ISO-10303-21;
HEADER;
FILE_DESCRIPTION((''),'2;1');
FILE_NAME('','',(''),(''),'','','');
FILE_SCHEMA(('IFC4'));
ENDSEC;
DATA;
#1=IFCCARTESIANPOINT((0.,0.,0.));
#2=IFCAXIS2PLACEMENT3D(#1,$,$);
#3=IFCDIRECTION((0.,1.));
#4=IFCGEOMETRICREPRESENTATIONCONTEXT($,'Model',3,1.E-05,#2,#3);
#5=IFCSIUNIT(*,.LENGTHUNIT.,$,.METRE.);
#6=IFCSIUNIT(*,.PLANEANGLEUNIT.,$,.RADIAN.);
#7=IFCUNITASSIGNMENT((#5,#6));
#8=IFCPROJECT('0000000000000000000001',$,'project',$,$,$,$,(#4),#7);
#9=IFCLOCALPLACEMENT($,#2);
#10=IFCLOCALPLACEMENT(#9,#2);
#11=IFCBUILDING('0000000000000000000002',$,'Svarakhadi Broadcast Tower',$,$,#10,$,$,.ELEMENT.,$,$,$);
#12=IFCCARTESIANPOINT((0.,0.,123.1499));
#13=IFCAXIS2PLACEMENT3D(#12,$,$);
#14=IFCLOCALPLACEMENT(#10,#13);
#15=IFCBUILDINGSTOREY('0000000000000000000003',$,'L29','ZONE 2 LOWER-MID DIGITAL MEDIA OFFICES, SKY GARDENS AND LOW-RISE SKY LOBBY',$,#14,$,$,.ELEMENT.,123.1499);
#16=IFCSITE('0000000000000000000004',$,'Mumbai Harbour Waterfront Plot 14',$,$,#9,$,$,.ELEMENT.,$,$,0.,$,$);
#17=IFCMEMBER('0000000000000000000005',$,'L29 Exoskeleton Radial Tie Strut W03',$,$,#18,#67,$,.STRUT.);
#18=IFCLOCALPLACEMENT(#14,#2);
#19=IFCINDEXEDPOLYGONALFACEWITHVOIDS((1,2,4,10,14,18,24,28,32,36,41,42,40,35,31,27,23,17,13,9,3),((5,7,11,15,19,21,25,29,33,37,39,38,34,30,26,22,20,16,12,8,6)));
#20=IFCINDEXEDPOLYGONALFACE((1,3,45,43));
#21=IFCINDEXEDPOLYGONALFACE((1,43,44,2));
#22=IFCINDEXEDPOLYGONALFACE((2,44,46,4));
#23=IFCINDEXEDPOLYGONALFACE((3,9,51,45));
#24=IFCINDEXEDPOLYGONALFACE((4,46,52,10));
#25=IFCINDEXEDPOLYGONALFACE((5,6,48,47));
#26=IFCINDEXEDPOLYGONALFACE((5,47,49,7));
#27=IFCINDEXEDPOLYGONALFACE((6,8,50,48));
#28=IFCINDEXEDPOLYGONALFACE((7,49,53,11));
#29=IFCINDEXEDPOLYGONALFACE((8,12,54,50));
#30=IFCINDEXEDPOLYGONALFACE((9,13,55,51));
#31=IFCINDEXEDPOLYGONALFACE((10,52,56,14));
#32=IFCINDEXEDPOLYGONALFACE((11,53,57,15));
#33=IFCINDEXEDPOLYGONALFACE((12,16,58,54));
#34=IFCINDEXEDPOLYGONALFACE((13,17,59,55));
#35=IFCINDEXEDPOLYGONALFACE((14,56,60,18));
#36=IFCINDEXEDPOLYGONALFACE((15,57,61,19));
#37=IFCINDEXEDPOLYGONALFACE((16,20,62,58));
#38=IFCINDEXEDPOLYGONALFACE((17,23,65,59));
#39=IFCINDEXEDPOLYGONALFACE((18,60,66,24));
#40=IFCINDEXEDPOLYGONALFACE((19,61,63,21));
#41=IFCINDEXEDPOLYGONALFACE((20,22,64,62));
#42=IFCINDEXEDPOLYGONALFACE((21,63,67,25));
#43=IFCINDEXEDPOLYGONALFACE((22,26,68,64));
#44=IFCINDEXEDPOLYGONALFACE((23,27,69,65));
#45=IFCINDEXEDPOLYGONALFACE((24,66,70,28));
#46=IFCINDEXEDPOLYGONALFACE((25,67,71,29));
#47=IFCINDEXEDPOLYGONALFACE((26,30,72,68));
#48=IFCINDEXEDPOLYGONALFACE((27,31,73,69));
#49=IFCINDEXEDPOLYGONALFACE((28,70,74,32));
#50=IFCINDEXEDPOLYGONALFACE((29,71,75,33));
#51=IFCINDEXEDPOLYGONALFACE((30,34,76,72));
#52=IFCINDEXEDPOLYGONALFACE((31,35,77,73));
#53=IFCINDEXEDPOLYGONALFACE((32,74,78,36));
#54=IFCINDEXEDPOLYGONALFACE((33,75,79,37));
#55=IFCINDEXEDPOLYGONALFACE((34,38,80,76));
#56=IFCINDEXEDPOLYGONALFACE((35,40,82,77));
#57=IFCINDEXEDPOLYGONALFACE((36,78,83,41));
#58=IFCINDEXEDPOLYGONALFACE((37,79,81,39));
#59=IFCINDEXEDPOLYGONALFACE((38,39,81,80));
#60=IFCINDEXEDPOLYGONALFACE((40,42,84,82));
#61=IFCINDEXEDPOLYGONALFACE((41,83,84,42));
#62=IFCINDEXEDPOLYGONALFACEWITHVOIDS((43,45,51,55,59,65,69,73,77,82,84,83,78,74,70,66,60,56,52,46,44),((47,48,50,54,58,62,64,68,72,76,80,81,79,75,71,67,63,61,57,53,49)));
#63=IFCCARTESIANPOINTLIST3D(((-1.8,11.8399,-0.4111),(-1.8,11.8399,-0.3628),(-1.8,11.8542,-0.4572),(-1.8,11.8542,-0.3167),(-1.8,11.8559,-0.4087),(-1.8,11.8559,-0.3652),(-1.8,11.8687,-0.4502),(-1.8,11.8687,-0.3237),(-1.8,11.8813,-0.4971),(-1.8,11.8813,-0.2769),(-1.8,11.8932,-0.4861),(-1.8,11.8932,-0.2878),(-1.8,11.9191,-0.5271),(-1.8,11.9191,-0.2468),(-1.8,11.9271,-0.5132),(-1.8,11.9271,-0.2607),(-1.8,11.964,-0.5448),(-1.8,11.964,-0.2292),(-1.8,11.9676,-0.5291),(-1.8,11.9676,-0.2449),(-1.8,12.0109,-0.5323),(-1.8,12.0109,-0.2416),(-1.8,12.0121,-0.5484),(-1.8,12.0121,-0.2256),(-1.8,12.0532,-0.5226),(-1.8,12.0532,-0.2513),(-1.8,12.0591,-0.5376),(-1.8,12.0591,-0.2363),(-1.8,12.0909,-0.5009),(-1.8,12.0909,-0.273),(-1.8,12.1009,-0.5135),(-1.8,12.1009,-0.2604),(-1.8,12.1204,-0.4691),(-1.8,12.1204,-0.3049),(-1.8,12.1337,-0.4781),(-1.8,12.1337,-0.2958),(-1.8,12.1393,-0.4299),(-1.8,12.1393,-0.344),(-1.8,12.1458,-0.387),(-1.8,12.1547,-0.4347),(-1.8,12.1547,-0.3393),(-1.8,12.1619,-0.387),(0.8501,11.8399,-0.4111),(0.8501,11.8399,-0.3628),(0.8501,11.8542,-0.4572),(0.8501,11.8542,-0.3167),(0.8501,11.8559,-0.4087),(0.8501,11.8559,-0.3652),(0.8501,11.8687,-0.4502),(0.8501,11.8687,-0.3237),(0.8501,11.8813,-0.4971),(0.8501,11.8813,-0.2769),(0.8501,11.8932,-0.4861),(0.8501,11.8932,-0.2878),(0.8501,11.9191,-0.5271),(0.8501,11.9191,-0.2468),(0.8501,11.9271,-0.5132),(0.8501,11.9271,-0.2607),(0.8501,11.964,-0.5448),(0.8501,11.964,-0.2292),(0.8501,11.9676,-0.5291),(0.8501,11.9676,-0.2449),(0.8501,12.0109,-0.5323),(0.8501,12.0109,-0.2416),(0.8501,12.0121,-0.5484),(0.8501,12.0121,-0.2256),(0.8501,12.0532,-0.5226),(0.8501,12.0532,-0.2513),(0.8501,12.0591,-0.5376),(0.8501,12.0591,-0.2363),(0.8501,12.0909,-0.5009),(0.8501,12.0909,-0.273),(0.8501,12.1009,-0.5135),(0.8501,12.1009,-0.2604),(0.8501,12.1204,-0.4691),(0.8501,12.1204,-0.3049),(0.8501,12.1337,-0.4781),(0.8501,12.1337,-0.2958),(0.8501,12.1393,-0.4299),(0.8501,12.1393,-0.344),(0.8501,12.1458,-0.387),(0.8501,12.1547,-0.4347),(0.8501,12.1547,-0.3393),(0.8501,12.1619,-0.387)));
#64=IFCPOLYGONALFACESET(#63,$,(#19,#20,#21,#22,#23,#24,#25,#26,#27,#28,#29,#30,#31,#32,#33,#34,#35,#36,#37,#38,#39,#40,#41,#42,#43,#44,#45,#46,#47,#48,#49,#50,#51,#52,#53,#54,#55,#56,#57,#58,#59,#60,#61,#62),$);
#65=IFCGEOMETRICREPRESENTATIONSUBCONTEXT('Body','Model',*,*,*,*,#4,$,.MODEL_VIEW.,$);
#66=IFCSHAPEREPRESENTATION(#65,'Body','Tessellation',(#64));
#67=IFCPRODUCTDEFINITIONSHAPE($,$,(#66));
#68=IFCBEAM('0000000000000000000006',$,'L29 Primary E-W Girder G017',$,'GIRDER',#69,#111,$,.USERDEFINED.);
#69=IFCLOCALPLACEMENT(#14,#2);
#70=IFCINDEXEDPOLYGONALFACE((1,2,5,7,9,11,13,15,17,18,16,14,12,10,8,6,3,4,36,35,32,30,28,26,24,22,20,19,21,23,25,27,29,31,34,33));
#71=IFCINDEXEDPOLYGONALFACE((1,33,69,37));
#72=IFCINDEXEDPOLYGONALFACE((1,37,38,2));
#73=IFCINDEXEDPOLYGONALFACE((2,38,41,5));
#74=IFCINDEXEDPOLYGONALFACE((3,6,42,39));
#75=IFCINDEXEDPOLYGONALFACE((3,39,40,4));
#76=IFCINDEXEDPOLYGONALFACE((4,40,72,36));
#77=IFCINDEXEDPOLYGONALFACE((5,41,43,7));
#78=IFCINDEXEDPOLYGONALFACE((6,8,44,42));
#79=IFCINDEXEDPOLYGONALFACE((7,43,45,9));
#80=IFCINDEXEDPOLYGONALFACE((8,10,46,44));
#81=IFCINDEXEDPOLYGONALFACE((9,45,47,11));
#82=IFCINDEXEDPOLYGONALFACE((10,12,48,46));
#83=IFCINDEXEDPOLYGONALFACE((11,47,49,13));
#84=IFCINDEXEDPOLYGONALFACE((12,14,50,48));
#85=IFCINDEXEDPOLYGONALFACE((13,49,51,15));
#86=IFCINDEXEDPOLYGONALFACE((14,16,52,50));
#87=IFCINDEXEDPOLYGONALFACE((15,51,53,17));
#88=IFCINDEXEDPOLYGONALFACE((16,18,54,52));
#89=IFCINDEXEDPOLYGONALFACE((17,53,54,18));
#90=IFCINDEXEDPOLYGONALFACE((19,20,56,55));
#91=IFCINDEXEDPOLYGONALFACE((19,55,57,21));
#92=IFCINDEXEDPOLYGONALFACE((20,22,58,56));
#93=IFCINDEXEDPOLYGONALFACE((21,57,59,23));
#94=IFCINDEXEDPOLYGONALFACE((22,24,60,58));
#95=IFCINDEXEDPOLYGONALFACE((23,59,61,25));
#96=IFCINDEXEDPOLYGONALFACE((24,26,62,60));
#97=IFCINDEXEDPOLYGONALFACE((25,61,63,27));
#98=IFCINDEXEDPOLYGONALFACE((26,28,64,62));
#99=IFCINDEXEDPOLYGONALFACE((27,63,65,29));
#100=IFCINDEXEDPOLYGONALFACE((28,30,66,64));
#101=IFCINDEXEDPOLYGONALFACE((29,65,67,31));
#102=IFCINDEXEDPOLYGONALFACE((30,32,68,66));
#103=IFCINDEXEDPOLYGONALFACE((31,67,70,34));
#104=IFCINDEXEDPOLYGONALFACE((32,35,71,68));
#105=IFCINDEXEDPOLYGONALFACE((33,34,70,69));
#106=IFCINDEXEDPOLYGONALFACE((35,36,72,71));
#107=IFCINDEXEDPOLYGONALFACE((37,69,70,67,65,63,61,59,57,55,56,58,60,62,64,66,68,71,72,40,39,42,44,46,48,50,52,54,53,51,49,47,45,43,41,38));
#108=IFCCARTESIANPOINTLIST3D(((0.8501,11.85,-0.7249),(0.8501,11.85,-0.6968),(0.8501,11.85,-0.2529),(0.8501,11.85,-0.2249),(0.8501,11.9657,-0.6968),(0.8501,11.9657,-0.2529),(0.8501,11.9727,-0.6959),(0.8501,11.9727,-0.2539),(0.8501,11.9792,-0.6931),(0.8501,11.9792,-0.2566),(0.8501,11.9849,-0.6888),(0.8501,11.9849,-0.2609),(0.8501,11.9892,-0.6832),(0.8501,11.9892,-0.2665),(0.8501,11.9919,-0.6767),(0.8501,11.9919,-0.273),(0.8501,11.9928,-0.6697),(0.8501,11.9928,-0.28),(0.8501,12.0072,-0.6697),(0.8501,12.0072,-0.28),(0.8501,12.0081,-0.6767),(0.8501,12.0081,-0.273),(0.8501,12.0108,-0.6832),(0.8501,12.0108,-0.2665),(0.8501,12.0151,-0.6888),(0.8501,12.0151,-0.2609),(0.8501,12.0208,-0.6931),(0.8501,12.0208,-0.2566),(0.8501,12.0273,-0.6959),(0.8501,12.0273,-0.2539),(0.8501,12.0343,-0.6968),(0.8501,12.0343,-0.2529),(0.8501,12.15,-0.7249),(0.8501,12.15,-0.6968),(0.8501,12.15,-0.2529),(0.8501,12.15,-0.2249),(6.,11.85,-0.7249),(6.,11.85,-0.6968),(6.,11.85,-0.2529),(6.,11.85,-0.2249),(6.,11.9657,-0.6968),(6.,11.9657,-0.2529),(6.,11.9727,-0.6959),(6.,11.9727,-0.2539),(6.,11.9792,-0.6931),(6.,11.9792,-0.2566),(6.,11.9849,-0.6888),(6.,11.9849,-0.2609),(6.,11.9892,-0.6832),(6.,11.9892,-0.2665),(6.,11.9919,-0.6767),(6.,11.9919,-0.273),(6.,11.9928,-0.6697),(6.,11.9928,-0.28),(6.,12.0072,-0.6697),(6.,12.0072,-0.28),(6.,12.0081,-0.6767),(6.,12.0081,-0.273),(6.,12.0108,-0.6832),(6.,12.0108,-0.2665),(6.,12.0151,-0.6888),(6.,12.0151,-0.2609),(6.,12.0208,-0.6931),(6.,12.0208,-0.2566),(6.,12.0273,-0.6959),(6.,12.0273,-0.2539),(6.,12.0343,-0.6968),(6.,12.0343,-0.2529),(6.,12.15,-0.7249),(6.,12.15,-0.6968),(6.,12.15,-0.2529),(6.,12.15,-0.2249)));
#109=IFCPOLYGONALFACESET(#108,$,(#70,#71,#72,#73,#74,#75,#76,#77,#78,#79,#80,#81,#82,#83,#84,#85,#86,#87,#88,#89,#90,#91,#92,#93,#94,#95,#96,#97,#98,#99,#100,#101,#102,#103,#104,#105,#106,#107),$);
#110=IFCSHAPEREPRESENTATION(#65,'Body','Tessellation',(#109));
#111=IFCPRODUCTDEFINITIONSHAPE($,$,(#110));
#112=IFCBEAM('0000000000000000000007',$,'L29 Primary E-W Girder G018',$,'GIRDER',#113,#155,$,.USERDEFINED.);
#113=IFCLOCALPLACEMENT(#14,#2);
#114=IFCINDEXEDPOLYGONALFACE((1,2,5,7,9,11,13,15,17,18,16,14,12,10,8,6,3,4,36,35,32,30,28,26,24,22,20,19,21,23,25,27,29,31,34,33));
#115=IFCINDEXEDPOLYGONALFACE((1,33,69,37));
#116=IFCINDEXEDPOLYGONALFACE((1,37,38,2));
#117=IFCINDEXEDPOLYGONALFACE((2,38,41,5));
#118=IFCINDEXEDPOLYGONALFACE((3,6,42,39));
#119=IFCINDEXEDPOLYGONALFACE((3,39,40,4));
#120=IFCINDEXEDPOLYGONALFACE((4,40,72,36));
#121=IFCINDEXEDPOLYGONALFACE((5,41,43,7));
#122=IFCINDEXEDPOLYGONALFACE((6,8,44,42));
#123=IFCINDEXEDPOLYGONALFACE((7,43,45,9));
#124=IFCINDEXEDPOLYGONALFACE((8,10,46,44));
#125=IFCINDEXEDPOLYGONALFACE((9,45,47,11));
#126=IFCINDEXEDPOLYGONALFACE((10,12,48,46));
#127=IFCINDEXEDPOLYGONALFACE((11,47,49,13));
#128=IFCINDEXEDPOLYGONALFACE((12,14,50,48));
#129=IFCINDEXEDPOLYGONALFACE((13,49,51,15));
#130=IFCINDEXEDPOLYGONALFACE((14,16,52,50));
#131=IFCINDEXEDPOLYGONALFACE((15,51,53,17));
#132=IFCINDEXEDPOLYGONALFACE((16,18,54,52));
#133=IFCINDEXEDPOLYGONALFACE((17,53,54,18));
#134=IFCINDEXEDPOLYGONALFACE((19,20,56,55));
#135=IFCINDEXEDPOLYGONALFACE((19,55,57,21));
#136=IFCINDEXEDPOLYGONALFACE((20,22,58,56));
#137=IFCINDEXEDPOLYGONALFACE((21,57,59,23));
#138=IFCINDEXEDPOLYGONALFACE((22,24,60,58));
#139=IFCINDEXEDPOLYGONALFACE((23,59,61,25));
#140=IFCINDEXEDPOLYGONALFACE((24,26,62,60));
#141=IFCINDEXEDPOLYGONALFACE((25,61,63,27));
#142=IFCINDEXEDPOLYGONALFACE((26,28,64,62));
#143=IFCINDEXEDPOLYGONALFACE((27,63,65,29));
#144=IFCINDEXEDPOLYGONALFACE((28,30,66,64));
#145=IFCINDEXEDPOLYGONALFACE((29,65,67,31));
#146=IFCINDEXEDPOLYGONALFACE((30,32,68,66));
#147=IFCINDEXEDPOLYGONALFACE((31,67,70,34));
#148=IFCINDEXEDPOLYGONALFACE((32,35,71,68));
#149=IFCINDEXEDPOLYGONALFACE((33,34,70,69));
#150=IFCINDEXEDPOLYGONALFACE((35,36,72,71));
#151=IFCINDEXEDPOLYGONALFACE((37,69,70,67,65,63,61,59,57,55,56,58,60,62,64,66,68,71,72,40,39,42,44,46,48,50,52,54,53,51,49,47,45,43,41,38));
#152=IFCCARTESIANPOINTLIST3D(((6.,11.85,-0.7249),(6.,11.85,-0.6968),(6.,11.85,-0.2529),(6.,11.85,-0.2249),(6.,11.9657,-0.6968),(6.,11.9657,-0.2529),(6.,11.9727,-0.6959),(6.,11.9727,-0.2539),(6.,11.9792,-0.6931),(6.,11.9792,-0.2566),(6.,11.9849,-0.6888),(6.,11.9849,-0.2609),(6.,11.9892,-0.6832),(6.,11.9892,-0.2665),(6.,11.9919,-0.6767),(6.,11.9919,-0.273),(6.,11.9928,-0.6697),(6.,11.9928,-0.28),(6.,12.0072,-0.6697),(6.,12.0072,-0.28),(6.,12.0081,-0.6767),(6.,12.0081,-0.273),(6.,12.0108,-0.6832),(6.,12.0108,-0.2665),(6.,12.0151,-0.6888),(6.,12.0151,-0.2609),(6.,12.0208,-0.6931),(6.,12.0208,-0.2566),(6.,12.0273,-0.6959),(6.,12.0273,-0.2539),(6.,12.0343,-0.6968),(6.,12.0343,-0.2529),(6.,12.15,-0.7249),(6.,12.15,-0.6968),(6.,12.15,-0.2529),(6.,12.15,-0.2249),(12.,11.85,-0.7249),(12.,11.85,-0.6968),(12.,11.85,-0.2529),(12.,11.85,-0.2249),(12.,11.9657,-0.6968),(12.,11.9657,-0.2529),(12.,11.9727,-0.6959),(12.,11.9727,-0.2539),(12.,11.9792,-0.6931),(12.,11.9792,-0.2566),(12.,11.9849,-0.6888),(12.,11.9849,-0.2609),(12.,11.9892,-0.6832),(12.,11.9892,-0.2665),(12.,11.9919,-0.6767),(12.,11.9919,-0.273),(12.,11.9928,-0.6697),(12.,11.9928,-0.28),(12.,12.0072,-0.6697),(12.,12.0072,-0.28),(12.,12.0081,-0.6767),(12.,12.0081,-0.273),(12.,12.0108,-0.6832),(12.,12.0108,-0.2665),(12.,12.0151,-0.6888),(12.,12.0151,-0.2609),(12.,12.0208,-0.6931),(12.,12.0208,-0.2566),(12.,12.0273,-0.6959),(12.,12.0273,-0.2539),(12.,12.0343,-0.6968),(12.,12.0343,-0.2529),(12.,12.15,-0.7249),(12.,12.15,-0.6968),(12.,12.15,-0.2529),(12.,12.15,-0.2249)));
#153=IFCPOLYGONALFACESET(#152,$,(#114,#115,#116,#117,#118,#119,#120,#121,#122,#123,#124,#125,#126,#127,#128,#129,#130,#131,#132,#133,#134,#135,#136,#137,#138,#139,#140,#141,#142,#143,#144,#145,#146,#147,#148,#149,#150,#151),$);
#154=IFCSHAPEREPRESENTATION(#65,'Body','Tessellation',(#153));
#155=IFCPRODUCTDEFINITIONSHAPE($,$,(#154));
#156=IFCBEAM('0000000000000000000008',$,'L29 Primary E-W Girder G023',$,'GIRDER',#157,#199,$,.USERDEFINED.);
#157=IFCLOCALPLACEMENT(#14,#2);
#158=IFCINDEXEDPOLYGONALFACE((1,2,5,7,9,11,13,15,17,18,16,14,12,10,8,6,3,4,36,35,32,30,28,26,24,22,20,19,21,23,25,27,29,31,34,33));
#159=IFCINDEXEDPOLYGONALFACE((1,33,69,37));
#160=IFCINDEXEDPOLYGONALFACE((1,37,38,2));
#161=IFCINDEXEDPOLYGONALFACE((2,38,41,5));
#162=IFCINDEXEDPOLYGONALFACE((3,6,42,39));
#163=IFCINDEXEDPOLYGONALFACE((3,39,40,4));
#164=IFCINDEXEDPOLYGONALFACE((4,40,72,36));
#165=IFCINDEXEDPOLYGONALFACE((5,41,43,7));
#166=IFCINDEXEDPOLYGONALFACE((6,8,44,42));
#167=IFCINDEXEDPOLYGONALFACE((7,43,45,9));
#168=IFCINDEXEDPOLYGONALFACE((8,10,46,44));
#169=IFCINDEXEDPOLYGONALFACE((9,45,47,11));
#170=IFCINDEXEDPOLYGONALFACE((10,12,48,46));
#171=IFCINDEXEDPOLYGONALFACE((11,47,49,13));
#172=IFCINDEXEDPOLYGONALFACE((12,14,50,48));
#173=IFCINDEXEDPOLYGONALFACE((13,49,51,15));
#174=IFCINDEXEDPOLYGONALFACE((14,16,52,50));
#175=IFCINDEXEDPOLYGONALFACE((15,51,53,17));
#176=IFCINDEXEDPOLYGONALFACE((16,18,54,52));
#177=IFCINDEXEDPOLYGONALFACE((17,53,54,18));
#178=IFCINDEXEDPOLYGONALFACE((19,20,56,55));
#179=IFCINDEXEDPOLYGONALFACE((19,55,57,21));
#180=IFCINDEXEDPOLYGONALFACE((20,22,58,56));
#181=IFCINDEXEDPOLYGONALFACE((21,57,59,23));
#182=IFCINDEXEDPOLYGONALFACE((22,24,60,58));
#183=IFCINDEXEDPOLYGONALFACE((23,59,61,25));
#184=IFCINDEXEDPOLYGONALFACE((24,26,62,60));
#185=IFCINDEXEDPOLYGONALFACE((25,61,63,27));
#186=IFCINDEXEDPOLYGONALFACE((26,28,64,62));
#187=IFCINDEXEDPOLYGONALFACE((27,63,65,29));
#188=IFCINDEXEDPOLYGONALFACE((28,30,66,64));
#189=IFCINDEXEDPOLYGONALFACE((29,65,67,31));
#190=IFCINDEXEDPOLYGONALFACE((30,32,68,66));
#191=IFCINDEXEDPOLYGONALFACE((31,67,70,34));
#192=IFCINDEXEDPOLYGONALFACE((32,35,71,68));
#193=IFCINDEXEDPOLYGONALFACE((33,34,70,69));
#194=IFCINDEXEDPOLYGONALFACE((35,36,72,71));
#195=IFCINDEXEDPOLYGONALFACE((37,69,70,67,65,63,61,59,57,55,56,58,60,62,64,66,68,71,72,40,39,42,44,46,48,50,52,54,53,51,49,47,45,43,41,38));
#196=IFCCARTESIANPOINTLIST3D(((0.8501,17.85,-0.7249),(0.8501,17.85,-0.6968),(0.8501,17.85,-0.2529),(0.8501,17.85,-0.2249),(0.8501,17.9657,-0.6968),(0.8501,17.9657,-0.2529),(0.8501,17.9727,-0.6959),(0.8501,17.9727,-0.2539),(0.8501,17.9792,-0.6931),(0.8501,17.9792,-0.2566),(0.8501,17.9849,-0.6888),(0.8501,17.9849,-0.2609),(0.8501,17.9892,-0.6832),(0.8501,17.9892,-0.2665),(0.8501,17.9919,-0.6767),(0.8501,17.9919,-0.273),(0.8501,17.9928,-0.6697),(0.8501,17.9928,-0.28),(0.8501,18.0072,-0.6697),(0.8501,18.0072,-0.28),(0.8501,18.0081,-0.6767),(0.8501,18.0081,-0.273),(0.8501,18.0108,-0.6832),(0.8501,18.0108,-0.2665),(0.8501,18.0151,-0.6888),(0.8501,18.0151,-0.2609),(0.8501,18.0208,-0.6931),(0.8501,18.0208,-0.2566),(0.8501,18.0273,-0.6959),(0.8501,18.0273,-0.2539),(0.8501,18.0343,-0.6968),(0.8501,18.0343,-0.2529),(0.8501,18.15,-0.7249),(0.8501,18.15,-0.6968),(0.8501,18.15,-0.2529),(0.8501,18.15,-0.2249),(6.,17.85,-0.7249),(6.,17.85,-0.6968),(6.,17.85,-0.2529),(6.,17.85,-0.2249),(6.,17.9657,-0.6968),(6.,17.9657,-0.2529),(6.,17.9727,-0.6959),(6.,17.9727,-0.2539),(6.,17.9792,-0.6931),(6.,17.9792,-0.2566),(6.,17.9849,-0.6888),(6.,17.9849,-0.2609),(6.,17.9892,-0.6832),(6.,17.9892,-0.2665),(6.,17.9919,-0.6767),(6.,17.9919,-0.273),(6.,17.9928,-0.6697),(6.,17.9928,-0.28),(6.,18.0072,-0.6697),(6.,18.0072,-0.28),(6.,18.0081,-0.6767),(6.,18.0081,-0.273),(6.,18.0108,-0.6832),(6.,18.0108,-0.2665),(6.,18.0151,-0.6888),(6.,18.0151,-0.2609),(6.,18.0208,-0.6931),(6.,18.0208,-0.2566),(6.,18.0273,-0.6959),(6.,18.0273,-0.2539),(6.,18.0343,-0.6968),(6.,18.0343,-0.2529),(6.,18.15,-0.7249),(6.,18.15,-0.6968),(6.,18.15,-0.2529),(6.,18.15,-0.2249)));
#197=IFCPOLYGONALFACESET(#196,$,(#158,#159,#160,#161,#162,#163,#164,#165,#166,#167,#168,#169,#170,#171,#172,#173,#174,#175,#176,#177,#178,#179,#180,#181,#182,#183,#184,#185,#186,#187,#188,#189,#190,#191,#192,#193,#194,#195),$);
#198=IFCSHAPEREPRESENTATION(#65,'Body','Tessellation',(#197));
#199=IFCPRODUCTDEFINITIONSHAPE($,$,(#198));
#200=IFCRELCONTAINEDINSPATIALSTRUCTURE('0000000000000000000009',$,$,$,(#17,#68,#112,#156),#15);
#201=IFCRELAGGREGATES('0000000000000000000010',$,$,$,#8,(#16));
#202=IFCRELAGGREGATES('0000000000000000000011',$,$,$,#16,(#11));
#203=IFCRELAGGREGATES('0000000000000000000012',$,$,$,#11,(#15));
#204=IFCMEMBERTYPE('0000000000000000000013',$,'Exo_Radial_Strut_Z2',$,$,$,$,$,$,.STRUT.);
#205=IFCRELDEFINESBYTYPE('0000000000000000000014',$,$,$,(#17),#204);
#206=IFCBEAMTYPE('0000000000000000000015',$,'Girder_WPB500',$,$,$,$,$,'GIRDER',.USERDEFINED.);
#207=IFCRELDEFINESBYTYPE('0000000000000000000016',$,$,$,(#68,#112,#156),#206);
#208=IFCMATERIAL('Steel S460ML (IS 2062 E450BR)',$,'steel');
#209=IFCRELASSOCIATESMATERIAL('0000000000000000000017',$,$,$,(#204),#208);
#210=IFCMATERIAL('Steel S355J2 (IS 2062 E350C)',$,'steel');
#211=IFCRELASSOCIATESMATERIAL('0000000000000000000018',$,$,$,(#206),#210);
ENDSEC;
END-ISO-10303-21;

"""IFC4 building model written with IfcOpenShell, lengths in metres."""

from ifc_helpers import new_model, si_unit, direction, frame, origin, origin_2d, place, context, subcontext, project, spatial, hollow_circle, i_section, extrude, material, material_profile, profile_set, type_object, element, save


model = new_model("IFC4")

# Units and contexts
model_context = context("Model", 3, precision=1e-05, world=origin(), true_north=direction((0.0, 1.0)))
body_context = subcontext(model_context, "Body", "Model", "MODEL_VIEW")
ifc_project = project(units=[si_unit("LENGTHUNIT", "METRE"), si_unit("PLANEANGLEUNIT", "RADIAN")], contexts=[model_context])

# Site, building, storey
site_placement = place(None, origin())
site = spatial("IfcSite", under=ifc_project, at=site_placement, Name="Mumbai Harbour Waterfront Plot 14", CompositionType="ELEMENT", RefElevation=0.0)
building_placement = place(site_placement, origin())
building = spatial("IfcBuilding", under=site, at=building_placement, Name="Svarakhadi Broadcast Tower", CompositionType="ELEMENT")
storey_placement = place(building_placement, frame((0.0, 0.0, 123.1499)))
storey = spatial("IfcBuildingStorey", under=building, at=storey_placement, Name="L29", Description="ZONE 2 LOWER-MID DIGITAL MEDIA OFFICES, SKY GARDENS AND LOW-RISE SKY LOBBY", CompositionType="ELEMENT", Elevation=123.1499)

# Shared definitions
ifc_material_1 = material(Name="Steel S460ML (IS 2062 E450BR)", Category="steel")

# Shared definitions
ifc_material_2 = material(Name="Steel S355J2 (IS 2062 E350C)", Category="steel")

# Member
ifc_material_profile_1 = material_profile(ifc_material_1, hollow_circle(Radius=0.1619, WallThickness=0.0161, at=origin_2d()), Name="CHS 323.9x16")
ifc_profile_set_1 = profile_set([ifc_material_profile_1], Name="Steel S460ML (IS 2062 E450BR)")
member_type_1 = type_object("IfcMemberType", Name="Exo_Radial_Strut_Z2", PredefinedType="STRUT", material=ifc_profile_set_1)
member_1_placement = place(storey_placement, frame((-1.8, 12.0, -0.387), z_axis=(1.0, 0.0, 0.0), x_axis=(0.0, 1.0, 0.0)))
element("IfcMember", 1, at=member_1_placement, inside=storey, type_object=member_type_1, Name="L29 Exoskeleton Radial Tie Strut W03", PredefinedType="STRUT", context=body_context, shape_type="SweptSolid", body=[
    extrude(hollow_circle(Radius=0.1619, WallThickness=0.0161, at=origin_2d()), origin(), (0.0, 0.0, 1.0), 2.6501),
])

# Beams
ifc_material_profile_2 = material_profile(ifc_material_2, i_section(OverallWidth=0.3, OverallDepth=0.5, WebThickness=0.0144, FlangeThickness=0.0281, FilletRadius=0.0271, at=origin_2d()), Name="WPB 500x300x187")
ifc_profile_set_2 = profile_set([ifc_material_profile_2], Name="Steel S355J2 (IS 2062 E350C)")
beam_type_1 = type_object("IfcBeamType", Name="Girder_WPB500", ElementType="GIRDER", PredefinedType="USERDEFINED", material=ifc_profile_set_2)
beam_1_placement = place(storey_placement, frame((0.8501, 12.0, -0.4749), z_axis=(1.0, 0.0, 0.0), x_axis=(0.0, 1.0, 0.0)))
element("IfcBeam", 2, at=beam_1_placement, inside=storey, type_object=beam_type_1, Name="L29 Primary E-W Girder G017", ObjectType="GIRDER", PredefinedType="USERDEFINED", context=body_context, shape_type="SweptSolid", body=[
    extrude(i_section(OverallWidth=0.3, OverallDepth=0.5, WebThickness=0.0144, FlangeThickness=0.0281, FilletRadius=0.0271, at=origin_2d()), origin(), (0.0, 0.0, 1.0), 5.1499),
])
beam_2_placement = place(storey_placement, frame((6.0, 12.0, -0.4749), z_axis=(1.0, 0.0, 0.0), x_axis=(0.0, 1.0, 0.0)))
element("IfcBeam", 3, at=beam_2_placement, inside=storey, type_object=beam_type_1, Name="L29 Primary E-W Girder G018", ObjectType="GIRDER", PredefinedType="USERDEFINED", context=body_context, shape_type="SweptSolid", body=[
    extrude(i_section(OverallWidth=0.3, OverallDepth=0.5, WebThickness=0.0144, FlangeThickness=0.0281, FilletRadius=0.0271, at=origin_2d()), origin(), (0.0, 0.0, 1.0), 6.0),
])
beam_3_placement = place(storey_placement, frame((0.8501, 18.0, -0.4749), z_axis=(1.0, 0.0, 0.0), x_axis=(0.0, 1.0, 0.0)))
element("IfcBeam", 4, at=beam_3_placement, inside=storey, type_object=beam_type_1, Name="L29 Primary E-W Girder G023", ObjectType="GIRDER", PredefinedType="USERDEFINED", context=body_context, shape_type="SweptSolid", body=[
    extrude(i_section(OverallWidth=0.3, OverallDepth=0.5, WebThickness=0.0144, FlangeThickness=0.0281, FilletRadius=0.0271, at=origin_2d()), origin(), (0.0, 0.0, 1.0), 5.1499),
])

save(model, "model.ifc")
